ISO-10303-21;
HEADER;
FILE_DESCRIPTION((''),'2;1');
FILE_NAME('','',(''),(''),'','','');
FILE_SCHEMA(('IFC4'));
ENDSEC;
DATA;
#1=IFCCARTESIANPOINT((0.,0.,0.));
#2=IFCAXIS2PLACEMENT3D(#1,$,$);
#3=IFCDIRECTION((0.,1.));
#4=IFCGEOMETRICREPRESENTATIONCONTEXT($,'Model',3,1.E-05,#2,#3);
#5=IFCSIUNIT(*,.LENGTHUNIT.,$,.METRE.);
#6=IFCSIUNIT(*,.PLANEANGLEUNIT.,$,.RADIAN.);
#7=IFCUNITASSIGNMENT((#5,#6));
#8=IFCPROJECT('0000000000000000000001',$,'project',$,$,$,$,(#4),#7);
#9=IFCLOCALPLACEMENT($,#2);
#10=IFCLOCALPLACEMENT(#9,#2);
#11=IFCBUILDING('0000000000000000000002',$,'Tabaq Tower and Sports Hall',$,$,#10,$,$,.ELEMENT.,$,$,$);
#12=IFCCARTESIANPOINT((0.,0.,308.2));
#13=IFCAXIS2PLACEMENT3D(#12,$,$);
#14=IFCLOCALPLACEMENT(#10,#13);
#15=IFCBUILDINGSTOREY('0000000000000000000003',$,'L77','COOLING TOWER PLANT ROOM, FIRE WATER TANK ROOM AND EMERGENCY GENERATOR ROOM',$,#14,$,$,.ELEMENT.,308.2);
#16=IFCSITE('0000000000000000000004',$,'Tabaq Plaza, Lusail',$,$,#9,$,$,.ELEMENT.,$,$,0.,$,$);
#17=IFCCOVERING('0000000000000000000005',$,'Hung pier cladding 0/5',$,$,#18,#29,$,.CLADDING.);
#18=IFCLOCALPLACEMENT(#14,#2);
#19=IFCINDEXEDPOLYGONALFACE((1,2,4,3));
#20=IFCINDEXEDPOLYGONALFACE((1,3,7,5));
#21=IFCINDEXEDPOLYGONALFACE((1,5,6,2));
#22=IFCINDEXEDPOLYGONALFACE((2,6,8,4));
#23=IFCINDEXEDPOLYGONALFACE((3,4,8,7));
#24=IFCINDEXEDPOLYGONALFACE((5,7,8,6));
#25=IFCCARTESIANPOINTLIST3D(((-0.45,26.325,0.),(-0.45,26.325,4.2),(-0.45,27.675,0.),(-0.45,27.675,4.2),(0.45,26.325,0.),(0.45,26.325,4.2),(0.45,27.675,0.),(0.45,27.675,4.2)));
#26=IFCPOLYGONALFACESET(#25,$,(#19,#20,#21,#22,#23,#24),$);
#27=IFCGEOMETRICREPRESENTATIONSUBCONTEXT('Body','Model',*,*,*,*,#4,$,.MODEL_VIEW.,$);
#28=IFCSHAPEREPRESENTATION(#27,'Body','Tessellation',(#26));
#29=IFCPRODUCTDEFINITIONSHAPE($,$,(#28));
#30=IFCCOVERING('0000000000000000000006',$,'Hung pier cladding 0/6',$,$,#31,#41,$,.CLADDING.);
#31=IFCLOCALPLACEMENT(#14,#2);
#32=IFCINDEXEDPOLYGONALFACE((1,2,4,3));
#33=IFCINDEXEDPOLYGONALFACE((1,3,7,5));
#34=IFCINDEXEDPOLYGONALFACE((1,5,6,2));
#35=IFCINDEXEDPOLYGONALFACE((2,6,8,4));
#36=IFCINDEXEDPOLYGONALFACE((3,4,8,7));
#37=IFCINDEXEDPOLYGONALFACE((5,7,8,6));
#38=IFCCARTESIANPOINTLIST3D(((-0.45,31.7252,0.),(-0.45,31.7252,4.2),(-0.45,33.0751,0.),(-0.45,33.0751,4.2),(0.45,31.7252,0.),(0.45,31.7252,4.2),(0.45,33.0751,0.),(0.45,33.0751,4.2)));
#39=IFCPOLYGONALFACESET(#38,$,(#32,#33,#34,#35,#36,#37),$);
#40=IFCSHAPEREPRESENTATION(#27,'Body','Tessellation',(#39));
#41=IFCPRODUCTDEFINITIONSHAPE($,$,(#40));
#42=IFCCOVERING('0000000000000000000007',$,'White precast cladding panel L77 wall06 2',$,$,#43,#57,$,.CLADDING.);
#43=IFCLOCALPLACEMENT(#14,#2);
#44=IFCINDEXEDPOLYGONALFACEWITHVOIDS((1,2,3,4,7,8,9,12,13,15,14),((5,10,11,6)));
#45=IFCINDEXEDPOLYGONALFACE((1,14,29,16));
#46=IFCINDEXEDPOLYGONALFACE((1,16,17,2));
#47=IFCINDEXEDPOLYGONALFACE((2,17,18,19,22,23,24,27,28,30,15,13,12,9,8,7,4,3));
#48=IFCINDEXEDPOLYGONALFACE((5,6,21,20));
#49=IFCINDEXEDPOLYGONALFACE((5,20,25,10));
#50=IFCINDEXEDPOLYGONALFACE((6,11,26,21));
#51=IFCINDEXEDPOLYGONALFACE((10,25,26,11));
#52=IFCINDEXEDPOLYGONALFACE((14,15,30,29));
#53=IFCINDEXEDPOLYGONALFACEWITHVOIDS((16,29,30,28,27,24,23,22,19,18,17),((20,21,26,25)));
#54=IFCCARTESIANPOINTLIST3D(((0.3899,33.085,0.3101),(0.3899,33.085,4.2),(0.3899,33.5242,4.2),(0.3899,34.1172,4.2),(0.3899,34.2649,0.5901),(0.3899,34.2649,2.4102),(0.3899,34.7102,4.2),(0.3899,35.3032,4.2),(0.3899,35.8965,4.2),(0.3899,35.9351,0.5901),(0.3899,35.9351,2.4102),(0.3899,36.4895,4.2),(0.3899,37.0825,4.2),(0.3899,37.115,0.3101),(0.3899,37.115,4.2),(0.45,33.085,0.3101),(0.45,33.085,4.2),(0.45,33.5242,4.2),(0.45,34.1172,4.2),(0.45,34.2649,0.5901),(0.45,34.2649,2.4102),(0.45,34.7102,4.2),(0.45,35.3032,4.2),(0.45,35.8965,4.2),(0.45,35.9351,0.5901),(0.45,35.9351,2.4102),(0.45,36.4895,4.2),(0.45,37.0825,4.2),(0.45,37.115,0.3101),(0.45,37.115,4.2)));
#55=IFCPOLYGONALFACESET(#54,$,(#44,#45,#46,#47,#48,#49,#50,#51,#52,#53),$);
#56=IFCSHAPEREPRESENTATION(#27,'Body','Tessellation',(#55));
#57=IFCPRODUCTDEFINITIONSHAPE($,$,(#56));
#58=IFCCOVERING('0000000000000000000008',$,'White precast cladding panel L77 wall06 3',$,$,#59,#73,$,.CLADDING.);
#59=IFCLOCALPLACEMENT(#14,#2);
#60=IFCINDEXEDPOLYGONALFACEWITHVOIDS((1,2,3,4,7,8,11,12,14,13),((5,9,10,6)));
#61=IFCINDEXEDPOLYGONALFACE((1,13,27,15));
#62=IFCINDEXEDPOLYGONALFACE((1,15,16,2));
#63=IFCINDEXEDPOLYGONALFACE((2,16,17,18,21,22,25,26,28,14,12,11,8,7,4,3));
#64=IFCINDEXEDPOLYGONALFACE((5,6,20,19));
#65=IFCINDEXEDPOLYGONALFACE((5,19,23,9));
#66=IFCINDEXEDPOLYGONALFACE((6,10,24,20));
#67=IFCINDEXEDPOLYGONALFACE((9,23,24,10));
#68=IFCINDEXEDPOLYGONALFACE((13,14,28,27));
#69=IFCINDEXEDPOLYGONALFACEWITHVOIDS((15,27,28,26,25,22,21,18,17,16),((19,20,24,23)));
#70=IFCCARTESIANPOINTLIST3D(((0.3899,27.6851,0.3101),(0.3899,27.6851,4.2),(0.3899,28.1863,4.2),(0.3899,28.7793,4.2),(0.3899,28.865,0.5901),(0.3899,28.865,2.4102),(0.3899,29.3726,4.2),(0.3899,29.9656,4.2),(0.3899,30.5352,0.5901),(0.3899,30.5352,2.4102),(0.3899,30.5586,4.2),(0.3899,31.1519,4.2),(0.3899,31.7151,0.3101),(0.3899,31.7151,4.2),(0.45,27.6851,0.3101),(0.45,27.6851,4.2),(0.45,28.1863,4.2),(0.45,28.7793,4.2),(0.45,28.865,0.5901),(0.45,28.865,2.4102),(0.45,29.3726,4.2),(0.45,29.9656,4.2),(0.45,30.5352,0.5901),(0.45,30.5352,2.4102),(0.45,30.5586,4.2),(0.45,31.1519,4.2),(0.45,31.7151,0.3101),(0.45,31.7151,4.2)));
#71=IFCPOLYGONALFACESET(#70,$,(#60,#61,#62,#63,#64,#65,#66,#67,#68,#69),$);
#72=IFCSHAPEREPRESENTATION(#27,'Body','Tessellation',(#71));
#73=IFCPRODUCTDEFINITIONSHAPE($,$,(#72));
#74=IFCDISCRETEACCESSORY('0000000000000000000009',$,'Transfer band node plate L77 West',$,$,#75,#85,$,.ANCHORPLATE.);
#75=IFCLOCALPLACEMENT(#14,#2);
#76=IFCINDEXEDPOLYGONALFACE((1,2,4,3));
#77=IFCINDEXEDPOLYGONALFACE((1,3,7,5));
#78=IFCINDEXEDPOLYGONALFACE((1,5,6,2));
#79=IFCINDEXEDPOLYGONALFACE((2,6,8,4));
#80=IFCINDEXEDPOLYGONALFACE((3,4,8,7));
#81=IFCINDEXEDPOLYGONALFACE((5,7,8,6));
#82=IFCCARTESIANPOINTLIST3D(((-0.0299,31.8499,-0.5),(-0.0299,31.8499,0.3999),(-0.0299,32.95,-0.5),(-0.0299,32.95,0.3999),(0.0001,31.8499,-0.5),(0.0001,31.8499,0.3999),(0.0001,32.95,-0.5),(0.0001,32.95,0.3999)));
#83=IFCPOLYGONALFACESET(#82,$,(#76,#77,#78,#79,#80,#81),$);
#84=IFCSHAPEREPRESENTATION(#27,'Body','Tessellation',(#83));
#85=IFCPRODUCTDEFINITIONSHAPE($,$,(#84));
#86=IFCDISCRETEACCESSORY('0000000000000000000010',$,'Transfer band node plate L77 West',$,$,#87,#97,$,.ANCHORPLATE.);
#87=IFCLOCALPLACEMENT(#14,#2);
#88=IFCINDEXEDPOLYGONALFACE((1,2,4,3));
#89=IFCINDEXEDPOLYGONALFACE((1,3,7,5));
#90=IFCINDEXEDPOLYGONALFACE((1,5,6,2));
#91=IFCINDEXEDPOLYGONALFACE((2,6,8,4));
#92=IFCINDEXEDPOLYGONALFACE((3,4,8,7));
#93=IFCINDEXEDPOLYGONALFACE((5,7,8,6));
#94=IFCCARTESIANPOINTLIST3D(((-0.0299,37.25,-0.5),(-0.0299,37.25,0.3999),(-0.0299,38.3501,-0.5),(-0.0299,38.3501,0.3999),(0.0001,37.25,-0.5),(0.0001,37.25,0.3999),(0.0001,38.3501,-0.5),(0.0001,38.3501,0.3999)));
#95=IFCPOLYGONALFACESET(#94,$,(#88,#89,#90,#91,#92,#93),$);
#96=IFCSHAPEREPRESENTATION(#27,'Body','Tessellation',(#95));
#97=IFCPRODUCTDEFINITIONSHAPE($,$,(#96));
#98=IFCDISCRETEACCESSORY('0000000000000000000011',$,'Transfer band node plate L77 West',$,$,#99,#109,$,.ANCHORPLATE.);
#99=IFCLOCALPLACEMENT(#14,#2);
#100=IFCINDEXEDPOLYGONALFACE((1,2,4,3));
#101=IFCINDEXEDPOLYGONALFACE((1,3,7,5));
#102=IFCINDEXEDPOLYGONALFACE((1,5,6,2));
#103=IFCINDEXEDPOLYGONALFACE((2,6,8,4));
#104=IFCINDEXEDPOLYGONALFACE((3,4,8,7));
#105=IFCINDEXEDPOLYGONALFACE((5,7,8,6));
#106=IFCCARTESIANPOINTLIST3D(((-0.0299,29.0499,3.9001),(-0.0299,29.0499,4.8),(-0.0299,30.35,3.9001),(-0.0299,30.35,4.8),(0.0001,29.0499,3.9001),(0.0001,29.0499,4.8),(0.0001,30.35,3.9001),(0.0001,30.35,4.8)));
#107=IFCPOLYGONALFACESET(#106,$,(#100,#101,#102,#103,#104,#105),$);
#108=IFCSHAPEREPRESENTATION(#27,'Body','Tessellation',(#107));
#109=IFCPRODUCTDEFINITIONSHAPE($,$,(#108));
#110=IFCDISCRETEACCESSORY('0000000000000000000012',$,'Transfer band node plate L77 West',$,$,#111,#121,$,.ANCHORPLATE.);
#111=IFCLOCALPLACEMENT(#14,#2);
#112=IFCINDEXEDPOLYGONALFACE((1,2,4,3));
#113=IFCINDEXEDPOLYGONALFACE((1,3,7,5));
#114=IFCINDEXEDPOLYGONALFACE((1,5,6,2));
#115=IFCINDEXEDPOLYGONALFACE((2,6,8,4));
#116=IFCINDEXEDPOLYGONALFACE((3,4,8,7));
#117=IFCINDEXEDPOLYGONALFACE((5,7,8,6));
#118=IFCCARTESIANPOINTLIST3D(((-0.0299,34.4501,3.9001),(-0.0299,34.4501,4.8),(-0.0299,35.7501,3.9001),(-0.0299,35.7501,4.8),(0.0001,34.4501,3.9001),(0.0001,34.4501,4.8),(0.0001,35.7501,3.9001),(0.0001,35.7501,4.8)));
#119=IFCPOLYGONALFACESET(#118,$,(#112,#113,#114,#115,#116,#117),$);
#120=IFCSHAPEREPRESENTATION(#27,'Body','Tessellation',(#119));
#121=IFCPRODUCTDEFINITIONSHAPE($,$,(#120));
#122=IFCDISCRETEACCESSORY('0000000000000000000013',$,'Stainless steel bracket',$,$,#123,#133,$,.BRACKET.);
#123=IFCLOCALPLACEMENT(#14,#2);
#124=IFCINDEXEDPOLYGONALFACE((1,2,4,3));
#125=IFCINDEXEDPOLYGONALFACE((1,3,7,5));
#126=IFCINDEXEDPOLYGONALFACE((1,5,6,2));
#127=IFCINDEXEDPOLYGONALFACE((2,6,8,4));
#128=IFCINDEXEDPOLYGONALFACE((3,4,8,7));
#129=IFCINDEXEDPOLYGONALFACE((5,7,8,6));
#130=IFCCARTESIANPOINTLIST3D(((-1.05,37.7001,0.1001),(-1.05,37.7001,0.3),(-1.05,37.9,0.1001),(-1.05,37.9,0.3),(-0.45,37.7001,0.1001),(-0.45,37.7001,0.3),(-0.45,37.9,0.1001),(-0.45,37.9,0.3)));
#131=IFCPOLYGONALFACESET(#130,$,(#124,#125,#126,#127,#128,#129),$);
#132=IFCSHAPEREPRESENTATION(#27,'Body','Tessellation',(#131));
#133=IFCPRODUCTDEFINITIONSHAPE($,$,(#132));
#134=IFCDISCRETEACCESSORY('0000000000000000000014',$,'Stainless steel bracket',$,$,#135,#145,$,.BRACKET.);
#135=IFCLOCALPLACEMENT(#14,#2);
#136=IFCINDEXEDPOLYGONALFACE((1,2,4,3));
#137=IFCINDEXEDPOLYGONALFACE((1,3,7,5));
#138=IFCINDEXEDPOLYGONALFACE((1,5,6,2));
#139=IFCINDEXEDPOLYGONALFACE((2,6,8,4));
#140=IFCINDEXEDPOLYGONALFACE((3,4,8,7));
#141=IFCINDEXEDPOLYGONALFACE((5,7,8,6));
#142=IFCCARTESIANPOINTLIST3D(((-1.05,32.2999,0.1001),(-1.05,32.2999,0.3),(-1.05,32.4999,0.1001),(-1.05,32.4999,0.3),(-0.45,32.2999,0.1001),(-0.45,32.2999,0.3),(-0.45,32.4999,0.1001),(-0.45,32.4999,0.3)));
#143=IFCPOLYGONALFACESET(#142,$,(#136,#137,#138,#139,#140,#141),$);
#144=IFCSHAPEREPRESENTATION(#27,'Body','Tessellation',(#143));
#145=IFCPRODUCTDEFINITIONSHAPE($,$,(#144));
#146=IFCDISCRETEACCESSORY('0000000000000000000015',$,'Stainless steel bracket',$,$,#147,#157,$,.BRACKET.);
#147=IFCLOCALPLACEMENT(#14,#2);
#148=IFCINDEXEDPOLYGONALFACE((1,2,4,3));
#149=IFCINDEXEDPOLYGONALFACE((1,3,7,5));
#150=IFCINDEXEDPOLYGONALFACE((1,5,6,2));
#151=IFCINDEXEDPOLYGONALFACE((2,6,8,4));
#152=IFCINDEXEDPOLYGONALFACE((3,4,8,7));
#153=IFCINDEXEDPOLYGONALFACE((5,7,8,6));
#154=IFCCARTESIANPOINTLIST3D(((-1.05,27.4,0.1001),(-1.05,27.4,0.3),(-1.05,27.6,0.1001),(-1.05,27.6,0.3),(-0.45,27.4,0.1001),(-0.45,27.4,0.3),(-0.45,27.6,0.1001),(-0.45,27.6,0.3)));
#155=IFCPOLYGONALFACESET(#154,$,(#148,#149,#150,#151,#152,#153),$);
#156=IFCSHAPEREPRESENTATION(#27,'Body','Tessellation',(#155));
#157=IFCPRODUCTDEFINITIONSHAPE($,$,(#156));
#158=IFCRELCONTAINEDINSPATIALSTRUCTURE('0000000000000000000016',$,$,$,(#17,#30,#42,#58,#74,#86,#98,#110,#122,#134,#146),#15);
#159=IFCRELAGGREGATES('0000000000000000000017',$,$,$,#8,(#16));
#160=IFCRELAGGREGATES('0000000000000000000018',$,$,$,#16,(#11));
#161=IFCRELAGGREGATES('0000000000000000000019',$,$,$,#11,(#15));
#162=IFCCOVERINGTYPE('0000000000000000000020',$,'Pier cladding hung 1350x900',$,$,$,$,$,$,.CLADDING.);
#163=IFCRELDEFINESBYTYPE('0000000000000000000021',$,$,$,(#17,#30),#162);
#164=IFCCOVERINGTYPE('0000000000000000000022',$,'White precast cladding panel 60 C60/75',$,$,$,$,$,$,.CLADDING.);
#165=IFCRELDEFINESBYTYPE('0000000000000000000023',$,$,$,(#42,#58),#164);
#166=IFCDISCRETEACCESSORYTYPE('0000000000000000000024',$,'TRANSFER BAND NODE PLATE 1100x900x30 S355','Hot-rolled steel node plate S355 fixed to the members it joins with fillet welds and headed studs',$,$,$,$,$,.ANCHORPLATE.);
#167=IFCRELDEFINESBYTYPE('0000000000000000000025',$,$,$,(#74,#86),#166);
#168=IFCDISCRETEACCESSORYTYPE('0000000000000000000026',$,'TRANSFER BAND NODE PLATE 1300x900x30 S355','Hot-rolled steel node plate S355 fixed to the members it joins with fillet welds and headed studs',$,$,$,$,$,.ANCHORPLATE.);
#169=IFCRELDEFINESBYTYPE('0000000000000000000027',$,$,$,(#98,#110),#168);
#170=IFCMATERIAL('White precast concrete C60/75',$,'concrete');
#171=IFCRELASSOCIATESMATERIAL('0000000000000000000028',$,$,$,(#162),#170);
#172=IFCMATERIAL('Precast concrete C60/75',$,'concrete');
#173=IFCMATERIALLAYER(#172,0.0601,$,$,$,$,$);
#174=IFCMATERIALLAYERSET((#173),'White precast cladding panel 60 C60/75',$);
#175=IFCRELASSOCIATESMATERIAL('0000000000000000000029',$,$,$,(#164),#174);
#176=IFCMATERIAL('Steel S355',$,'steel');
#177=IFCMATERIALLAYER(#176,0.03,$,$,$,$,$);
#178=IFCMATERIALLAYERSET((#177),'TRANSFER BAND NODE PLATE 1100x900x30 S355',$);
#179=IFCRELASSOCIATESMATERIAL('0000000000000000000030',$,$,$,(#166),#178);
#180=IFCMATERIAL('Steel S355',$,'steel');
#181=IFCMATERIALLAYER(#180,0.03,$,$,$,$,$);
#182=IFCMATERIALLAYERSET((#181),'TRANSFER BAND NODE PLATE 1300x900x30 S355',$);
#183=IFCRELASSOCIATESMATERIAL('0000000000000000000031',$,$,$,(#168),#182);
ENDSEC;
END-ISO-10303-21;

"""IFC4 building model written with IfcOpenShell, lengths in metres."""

from ifc_helpers import new_model, si_unit, direction, frame, frame_2d, origin, origin_2d, place, context, subcontext, project, spatial, polyline, rectangle, outline, extrude, material, layer, layer_set, type_object, element, save


model = new_model("IFC4")

# Units and contexts
model_context = context("Model", 3, precision=1e-05, world=origin(), true_north=direction((0.0, 1.0)))
body_context = subcontext(model_context, "Body", "Model", "MODEL_VIEW")
ifc_project = project(units=[si_unit("LENGTHUNIT", "METRE"), si_unit("PLANEANGLEUNIT", "RADIAN")], contexts=[model_context])

# Site, building, storey
site_placement = place(None, origin())
site = spatial("IfcSite", under=ifc_project, at=site_placement, Name="Tabaq Plaza, Lusail", CompositionType="ELEMENT", RefElevation=0.0)
building_placement = place(site_placement, origin())
building = spatial("IfcBuilding", under=site, at=building_placement, Name="Tabaq Tower and Sports Hall", CompositionType="ELEMENT")
storey_placement = place(building_placement, frame((0.0, 0.0, 308.2)))
storey = spatial("IfcBuildingStorey", under=building, at=storey_placement, Name="L77", Description="COOLING TOWER PLANT ROOM, FIRE WATER TANK ROOM AND EMERGENCY GENERATOR ROOM", CompositionType="ELEMENT", Elevation=308.2)

# Coverings
ifc_material_1 = material(Name="White precast concrete C60/75", Category="concrete")
covering_type_1 = type_object("IfcCoveringType", Name="Pier cladding hung 1350x900", PredefinedType="CLADDING", material=ifc_material_1)
covering_1_placement = place(storey_placement, frame((0.0, 27.675, 0.0), z_axis=(0.0, 0.0, 1.0), x_axis=(0.0, -1.0, 0.0)))
element("IfcCovering", 1, at=covering_1_placement, inside=storey, type_object=covering_type_1, Name="Hung pier cladding 0/5", PredefinedType="CLADDING", context=body_context, shape_type="SweptSolid", body=[
    extrude(rectangle(XDim=1.3501, YDim=0.8999, at=frame_2d((0.675, 0.0))), origin(), (0.0, 0.0, 1.0), 4.2),
])
covering_2_placement = place(storey_placement, frame((0.0, 33.075, 0.0), z_axis=(0.0, 0.0, 1.0), x_axis=(0.0, -1.0, 0.0)))
element("IfcCovering", 2, at=covering_2_placement, inside=storey, type_object=covering_type_1, Name="Hung pier cladding 0/6", PredefinedType="CLADDING", context=body_context, shape_type="SweptSolid", body=[
    extrude(rectangle(XDim=1.3499, YDim=0.8999, at=frame_2d((0.6748, 0.0))), origin(), (0.0, 0.0, 1.0), 4.2),
])
ifc_material_2 = material(Name="Precast concrete C60/75", Category="concrete")
ifc_layer_1 = layer(ifc_material_2, 0.0601)
ifc_layer_set_1 = layer_set([ifc_layer_1], Name="White precast cladding panel 60 C60/75")
covering_type_2 = type_object("IfcCoveringType", Name="White precast cladding panel 60 C60/75", PredefinedType="CLADDING", material=ifc_layer_set_1)
covering_3_placement = place(storey_placement, frame((0.4199, 37.115, 0.3101), z_axis=(0.0, 0.0, 1.0), x_axis=(0.0, -1.0, 0.0)))
element("IfcCovering", 3, at=covering_3_placement, inside=storey, type_object=covering_type_2, Name="White precast cladding panel L77 wall06 2", PredefinedType="CLADDING", context=body_context, shape_type="SweptSolid", body=[
    extrude(outline(polyline([(0.0, 0.0), (4.03, 0.0), (4.03, 3.8899), (3.5908, 3.8899), (2.9978, 3.8899), (2.4048, 3.8899), (1.8118, 3.8899), (1.2185, 3.8899), (0.6255, 3.8899), (0.0325, 3.8899), (0.0, 3.8899), (0.0, 0.0)]), holes=[polyline([(1.1799, 0.28), (1.1799, 2.1001), (2.8501, 2.1001), (2.8501, 0.28), (1.1799, 0.28)])]), frame((0.0, 0.03, 0.0), z_axis=(0.0, -1.0, 0.0), x_axis=(1.0, 0.0, 0.0)), (0.0, 0.0, 1.0), 0.0601),
])
covering_4_placement = place(storey_placement, frame((0.4199, 31.7151, 0.3101), z_axis=(0.0, 0.0, 1.0), x_axis=(0.0, -1.0, 0.0)))
element("IfcCovering", 4, at=covering_4_placement, inside=storey, type_object=covering_type_2, Name="White precast cladding panel L77 wall06 3", PredefinedType="CLADDING", context=body_context, shape_type="SweptSolid", body=[
    extrude(outline(polyline([(0.0, 0.0), (4.03, 0.0), (4.03, 3.8899), (3.5288, 3.8899), (2.9358, 3.8899), (2.3425, 3.8899), (1.7495, 3.8899), (1.1565, 3.8899), (0.5632, 3.8899), (0.0, 3.8899), (0.0, 0.0)]), holes=[polyline([(1.1799, 0.28), (1.1799, 2.1001), (2.8501, 2.1001), (2.8501, 0.28), (1.1799, 0.28)])]), frame((0.0, 0.03, 0.0), z_axis=(0.0, -1.0, 0.0), x_axis=(1.0, 0.0, 0.0)), (0.0, 0.0, 1.0), 0.0601),
])

# Discrete accessories
ifc_material_3 = material(Name="Steel S355", Category="steel")
ifc_layer_2 = layer(ifc_material_3, 0.03)
ifc_layer_set_2 = layer_set([ifc_layer_2], Name="TRANSFER BAND NODE PLATE 1100x900x30 S355")
discrete_accessory_type_1 = type_object("IfcDiscreteAccessoryType", Name="TRANSFER BAND NODE PLATE 1100x900x30 S355", Description="Hot-rolled steel node plate S355 fixed to the members it joins with fillet welds and headed studs", PredefinedType="ANCHORPLATE", material=ifc_layer_set_2)
for number, where, z_axis, x_axis, name in (
    (5, (-0.0149, 32.3999, -0.5), (0.0, 0.0, 1.0), (0.0, -1.0, 0.0), "Transfer band node plate L77 West"),
    (6, (-0.0149, 37.8, -0.5), (0.0, 0.0, 1.0), (0.0, -1.0, 0.0), "Transfer band node plate L77 West"),
):
    element("IfcDiscreteAccessory", number, at=place(storey_placement, frame(where, z_axis=z_axis, x_axis=x_axis)), inside=storey, type_object=discrete_accessory_type_1, Name=name, PredefinedType="ANCHORPLATE", context=body_context, shape_type="SweptSolid", body=[
        extrude(rectangle(XDim=1.1001, YDim=0.03, at=origin_2d()), origin(), (0.0, 0.0, 1.0), 0.8999),
    ])
ifc_material_4 = material(Name="Steel S355", Category="steel")
ifc_layer_3 = layer(ifc_material_4, 0.03)
ifc_layer_set_3 = layer_set([ifc_layer_3], Name="TRANSFER BAND NODE PLATE 1300x900x30 S355")
discrete_accessory_type_2 = type_object("IfcDiscreteAccessoryType", Name="TRANSFER BAND NODE PLATE 1300x900x30 S355", Description="Hot-rolled steel node plate S355 fixed to the members it joins with fillet welds and headed studs", PredefinedType="ANCHORPLATE", material=ifc_layer_set_3)
for number, where, z_axis, x_axis, name in (
    (7, (-0.0149, 29.7, 3.9001), (0.0, 0.0, 1.0), (0.0, -1.0, 0.0), "Transfer band node plate L77 West"),
    (8, (-0.0149, 35.1001, 3.9001), (0.0, 0.0, 1.0), (0.0, -1.0, 0.0), "Transfer band node plate L77 West"),
):
    element("IfcDiscreteAccessory", number, at=place(storey_placement, frame(where, z_axis=z_axis, x_axis=x_axis)), inside=storey, type_object=discrete_accessory_type_2, Name=name, PredefinedType="ANCHORPLATE", context=body_context, shape_type="SweptSolid", body=[
        extrude(rectangle(XDim=1.3, YDim=0.03, at=origin_2d()), origin(), (0.0, 0.0, 1.0), 0.8999),
    ])
for number, where, z_axis, x_axis, name in (
    (9, (-0.75, 37.8, 0.1001), (0.0, 0.0, 1.0), (-1.0, 0.0, 0.0), "Stainless steel bracket"),
    (10, (-0.75, 32.3999, 0.1001), (0.0, 0.0, 1.0), (-1.0, 0.0, 0.0), "Stainless steel bracket"),
    (11, (-0.75, 27.5, 0.1001), (0.0, 0.0, 1.0), (-1.0, 0.0, 0.0), "Stainless steel bracket"),
):
    element("IfcDiscreteAccessory", number, at=place(storey_placement, frame(where, z_axis=z_axis, x_axis=x_axis)), inside=storey, Name=name, PredefinedType="BRACKET", context=body_context, shape_type="SweptSolid", body=[
        extrude(rectangle(XDim=0.6001, YDim=0.2, at=origin_2d()), origin(), (0.0, 0.0, 1.0), 0.2),
    ])

save(model, "model.ifc")
